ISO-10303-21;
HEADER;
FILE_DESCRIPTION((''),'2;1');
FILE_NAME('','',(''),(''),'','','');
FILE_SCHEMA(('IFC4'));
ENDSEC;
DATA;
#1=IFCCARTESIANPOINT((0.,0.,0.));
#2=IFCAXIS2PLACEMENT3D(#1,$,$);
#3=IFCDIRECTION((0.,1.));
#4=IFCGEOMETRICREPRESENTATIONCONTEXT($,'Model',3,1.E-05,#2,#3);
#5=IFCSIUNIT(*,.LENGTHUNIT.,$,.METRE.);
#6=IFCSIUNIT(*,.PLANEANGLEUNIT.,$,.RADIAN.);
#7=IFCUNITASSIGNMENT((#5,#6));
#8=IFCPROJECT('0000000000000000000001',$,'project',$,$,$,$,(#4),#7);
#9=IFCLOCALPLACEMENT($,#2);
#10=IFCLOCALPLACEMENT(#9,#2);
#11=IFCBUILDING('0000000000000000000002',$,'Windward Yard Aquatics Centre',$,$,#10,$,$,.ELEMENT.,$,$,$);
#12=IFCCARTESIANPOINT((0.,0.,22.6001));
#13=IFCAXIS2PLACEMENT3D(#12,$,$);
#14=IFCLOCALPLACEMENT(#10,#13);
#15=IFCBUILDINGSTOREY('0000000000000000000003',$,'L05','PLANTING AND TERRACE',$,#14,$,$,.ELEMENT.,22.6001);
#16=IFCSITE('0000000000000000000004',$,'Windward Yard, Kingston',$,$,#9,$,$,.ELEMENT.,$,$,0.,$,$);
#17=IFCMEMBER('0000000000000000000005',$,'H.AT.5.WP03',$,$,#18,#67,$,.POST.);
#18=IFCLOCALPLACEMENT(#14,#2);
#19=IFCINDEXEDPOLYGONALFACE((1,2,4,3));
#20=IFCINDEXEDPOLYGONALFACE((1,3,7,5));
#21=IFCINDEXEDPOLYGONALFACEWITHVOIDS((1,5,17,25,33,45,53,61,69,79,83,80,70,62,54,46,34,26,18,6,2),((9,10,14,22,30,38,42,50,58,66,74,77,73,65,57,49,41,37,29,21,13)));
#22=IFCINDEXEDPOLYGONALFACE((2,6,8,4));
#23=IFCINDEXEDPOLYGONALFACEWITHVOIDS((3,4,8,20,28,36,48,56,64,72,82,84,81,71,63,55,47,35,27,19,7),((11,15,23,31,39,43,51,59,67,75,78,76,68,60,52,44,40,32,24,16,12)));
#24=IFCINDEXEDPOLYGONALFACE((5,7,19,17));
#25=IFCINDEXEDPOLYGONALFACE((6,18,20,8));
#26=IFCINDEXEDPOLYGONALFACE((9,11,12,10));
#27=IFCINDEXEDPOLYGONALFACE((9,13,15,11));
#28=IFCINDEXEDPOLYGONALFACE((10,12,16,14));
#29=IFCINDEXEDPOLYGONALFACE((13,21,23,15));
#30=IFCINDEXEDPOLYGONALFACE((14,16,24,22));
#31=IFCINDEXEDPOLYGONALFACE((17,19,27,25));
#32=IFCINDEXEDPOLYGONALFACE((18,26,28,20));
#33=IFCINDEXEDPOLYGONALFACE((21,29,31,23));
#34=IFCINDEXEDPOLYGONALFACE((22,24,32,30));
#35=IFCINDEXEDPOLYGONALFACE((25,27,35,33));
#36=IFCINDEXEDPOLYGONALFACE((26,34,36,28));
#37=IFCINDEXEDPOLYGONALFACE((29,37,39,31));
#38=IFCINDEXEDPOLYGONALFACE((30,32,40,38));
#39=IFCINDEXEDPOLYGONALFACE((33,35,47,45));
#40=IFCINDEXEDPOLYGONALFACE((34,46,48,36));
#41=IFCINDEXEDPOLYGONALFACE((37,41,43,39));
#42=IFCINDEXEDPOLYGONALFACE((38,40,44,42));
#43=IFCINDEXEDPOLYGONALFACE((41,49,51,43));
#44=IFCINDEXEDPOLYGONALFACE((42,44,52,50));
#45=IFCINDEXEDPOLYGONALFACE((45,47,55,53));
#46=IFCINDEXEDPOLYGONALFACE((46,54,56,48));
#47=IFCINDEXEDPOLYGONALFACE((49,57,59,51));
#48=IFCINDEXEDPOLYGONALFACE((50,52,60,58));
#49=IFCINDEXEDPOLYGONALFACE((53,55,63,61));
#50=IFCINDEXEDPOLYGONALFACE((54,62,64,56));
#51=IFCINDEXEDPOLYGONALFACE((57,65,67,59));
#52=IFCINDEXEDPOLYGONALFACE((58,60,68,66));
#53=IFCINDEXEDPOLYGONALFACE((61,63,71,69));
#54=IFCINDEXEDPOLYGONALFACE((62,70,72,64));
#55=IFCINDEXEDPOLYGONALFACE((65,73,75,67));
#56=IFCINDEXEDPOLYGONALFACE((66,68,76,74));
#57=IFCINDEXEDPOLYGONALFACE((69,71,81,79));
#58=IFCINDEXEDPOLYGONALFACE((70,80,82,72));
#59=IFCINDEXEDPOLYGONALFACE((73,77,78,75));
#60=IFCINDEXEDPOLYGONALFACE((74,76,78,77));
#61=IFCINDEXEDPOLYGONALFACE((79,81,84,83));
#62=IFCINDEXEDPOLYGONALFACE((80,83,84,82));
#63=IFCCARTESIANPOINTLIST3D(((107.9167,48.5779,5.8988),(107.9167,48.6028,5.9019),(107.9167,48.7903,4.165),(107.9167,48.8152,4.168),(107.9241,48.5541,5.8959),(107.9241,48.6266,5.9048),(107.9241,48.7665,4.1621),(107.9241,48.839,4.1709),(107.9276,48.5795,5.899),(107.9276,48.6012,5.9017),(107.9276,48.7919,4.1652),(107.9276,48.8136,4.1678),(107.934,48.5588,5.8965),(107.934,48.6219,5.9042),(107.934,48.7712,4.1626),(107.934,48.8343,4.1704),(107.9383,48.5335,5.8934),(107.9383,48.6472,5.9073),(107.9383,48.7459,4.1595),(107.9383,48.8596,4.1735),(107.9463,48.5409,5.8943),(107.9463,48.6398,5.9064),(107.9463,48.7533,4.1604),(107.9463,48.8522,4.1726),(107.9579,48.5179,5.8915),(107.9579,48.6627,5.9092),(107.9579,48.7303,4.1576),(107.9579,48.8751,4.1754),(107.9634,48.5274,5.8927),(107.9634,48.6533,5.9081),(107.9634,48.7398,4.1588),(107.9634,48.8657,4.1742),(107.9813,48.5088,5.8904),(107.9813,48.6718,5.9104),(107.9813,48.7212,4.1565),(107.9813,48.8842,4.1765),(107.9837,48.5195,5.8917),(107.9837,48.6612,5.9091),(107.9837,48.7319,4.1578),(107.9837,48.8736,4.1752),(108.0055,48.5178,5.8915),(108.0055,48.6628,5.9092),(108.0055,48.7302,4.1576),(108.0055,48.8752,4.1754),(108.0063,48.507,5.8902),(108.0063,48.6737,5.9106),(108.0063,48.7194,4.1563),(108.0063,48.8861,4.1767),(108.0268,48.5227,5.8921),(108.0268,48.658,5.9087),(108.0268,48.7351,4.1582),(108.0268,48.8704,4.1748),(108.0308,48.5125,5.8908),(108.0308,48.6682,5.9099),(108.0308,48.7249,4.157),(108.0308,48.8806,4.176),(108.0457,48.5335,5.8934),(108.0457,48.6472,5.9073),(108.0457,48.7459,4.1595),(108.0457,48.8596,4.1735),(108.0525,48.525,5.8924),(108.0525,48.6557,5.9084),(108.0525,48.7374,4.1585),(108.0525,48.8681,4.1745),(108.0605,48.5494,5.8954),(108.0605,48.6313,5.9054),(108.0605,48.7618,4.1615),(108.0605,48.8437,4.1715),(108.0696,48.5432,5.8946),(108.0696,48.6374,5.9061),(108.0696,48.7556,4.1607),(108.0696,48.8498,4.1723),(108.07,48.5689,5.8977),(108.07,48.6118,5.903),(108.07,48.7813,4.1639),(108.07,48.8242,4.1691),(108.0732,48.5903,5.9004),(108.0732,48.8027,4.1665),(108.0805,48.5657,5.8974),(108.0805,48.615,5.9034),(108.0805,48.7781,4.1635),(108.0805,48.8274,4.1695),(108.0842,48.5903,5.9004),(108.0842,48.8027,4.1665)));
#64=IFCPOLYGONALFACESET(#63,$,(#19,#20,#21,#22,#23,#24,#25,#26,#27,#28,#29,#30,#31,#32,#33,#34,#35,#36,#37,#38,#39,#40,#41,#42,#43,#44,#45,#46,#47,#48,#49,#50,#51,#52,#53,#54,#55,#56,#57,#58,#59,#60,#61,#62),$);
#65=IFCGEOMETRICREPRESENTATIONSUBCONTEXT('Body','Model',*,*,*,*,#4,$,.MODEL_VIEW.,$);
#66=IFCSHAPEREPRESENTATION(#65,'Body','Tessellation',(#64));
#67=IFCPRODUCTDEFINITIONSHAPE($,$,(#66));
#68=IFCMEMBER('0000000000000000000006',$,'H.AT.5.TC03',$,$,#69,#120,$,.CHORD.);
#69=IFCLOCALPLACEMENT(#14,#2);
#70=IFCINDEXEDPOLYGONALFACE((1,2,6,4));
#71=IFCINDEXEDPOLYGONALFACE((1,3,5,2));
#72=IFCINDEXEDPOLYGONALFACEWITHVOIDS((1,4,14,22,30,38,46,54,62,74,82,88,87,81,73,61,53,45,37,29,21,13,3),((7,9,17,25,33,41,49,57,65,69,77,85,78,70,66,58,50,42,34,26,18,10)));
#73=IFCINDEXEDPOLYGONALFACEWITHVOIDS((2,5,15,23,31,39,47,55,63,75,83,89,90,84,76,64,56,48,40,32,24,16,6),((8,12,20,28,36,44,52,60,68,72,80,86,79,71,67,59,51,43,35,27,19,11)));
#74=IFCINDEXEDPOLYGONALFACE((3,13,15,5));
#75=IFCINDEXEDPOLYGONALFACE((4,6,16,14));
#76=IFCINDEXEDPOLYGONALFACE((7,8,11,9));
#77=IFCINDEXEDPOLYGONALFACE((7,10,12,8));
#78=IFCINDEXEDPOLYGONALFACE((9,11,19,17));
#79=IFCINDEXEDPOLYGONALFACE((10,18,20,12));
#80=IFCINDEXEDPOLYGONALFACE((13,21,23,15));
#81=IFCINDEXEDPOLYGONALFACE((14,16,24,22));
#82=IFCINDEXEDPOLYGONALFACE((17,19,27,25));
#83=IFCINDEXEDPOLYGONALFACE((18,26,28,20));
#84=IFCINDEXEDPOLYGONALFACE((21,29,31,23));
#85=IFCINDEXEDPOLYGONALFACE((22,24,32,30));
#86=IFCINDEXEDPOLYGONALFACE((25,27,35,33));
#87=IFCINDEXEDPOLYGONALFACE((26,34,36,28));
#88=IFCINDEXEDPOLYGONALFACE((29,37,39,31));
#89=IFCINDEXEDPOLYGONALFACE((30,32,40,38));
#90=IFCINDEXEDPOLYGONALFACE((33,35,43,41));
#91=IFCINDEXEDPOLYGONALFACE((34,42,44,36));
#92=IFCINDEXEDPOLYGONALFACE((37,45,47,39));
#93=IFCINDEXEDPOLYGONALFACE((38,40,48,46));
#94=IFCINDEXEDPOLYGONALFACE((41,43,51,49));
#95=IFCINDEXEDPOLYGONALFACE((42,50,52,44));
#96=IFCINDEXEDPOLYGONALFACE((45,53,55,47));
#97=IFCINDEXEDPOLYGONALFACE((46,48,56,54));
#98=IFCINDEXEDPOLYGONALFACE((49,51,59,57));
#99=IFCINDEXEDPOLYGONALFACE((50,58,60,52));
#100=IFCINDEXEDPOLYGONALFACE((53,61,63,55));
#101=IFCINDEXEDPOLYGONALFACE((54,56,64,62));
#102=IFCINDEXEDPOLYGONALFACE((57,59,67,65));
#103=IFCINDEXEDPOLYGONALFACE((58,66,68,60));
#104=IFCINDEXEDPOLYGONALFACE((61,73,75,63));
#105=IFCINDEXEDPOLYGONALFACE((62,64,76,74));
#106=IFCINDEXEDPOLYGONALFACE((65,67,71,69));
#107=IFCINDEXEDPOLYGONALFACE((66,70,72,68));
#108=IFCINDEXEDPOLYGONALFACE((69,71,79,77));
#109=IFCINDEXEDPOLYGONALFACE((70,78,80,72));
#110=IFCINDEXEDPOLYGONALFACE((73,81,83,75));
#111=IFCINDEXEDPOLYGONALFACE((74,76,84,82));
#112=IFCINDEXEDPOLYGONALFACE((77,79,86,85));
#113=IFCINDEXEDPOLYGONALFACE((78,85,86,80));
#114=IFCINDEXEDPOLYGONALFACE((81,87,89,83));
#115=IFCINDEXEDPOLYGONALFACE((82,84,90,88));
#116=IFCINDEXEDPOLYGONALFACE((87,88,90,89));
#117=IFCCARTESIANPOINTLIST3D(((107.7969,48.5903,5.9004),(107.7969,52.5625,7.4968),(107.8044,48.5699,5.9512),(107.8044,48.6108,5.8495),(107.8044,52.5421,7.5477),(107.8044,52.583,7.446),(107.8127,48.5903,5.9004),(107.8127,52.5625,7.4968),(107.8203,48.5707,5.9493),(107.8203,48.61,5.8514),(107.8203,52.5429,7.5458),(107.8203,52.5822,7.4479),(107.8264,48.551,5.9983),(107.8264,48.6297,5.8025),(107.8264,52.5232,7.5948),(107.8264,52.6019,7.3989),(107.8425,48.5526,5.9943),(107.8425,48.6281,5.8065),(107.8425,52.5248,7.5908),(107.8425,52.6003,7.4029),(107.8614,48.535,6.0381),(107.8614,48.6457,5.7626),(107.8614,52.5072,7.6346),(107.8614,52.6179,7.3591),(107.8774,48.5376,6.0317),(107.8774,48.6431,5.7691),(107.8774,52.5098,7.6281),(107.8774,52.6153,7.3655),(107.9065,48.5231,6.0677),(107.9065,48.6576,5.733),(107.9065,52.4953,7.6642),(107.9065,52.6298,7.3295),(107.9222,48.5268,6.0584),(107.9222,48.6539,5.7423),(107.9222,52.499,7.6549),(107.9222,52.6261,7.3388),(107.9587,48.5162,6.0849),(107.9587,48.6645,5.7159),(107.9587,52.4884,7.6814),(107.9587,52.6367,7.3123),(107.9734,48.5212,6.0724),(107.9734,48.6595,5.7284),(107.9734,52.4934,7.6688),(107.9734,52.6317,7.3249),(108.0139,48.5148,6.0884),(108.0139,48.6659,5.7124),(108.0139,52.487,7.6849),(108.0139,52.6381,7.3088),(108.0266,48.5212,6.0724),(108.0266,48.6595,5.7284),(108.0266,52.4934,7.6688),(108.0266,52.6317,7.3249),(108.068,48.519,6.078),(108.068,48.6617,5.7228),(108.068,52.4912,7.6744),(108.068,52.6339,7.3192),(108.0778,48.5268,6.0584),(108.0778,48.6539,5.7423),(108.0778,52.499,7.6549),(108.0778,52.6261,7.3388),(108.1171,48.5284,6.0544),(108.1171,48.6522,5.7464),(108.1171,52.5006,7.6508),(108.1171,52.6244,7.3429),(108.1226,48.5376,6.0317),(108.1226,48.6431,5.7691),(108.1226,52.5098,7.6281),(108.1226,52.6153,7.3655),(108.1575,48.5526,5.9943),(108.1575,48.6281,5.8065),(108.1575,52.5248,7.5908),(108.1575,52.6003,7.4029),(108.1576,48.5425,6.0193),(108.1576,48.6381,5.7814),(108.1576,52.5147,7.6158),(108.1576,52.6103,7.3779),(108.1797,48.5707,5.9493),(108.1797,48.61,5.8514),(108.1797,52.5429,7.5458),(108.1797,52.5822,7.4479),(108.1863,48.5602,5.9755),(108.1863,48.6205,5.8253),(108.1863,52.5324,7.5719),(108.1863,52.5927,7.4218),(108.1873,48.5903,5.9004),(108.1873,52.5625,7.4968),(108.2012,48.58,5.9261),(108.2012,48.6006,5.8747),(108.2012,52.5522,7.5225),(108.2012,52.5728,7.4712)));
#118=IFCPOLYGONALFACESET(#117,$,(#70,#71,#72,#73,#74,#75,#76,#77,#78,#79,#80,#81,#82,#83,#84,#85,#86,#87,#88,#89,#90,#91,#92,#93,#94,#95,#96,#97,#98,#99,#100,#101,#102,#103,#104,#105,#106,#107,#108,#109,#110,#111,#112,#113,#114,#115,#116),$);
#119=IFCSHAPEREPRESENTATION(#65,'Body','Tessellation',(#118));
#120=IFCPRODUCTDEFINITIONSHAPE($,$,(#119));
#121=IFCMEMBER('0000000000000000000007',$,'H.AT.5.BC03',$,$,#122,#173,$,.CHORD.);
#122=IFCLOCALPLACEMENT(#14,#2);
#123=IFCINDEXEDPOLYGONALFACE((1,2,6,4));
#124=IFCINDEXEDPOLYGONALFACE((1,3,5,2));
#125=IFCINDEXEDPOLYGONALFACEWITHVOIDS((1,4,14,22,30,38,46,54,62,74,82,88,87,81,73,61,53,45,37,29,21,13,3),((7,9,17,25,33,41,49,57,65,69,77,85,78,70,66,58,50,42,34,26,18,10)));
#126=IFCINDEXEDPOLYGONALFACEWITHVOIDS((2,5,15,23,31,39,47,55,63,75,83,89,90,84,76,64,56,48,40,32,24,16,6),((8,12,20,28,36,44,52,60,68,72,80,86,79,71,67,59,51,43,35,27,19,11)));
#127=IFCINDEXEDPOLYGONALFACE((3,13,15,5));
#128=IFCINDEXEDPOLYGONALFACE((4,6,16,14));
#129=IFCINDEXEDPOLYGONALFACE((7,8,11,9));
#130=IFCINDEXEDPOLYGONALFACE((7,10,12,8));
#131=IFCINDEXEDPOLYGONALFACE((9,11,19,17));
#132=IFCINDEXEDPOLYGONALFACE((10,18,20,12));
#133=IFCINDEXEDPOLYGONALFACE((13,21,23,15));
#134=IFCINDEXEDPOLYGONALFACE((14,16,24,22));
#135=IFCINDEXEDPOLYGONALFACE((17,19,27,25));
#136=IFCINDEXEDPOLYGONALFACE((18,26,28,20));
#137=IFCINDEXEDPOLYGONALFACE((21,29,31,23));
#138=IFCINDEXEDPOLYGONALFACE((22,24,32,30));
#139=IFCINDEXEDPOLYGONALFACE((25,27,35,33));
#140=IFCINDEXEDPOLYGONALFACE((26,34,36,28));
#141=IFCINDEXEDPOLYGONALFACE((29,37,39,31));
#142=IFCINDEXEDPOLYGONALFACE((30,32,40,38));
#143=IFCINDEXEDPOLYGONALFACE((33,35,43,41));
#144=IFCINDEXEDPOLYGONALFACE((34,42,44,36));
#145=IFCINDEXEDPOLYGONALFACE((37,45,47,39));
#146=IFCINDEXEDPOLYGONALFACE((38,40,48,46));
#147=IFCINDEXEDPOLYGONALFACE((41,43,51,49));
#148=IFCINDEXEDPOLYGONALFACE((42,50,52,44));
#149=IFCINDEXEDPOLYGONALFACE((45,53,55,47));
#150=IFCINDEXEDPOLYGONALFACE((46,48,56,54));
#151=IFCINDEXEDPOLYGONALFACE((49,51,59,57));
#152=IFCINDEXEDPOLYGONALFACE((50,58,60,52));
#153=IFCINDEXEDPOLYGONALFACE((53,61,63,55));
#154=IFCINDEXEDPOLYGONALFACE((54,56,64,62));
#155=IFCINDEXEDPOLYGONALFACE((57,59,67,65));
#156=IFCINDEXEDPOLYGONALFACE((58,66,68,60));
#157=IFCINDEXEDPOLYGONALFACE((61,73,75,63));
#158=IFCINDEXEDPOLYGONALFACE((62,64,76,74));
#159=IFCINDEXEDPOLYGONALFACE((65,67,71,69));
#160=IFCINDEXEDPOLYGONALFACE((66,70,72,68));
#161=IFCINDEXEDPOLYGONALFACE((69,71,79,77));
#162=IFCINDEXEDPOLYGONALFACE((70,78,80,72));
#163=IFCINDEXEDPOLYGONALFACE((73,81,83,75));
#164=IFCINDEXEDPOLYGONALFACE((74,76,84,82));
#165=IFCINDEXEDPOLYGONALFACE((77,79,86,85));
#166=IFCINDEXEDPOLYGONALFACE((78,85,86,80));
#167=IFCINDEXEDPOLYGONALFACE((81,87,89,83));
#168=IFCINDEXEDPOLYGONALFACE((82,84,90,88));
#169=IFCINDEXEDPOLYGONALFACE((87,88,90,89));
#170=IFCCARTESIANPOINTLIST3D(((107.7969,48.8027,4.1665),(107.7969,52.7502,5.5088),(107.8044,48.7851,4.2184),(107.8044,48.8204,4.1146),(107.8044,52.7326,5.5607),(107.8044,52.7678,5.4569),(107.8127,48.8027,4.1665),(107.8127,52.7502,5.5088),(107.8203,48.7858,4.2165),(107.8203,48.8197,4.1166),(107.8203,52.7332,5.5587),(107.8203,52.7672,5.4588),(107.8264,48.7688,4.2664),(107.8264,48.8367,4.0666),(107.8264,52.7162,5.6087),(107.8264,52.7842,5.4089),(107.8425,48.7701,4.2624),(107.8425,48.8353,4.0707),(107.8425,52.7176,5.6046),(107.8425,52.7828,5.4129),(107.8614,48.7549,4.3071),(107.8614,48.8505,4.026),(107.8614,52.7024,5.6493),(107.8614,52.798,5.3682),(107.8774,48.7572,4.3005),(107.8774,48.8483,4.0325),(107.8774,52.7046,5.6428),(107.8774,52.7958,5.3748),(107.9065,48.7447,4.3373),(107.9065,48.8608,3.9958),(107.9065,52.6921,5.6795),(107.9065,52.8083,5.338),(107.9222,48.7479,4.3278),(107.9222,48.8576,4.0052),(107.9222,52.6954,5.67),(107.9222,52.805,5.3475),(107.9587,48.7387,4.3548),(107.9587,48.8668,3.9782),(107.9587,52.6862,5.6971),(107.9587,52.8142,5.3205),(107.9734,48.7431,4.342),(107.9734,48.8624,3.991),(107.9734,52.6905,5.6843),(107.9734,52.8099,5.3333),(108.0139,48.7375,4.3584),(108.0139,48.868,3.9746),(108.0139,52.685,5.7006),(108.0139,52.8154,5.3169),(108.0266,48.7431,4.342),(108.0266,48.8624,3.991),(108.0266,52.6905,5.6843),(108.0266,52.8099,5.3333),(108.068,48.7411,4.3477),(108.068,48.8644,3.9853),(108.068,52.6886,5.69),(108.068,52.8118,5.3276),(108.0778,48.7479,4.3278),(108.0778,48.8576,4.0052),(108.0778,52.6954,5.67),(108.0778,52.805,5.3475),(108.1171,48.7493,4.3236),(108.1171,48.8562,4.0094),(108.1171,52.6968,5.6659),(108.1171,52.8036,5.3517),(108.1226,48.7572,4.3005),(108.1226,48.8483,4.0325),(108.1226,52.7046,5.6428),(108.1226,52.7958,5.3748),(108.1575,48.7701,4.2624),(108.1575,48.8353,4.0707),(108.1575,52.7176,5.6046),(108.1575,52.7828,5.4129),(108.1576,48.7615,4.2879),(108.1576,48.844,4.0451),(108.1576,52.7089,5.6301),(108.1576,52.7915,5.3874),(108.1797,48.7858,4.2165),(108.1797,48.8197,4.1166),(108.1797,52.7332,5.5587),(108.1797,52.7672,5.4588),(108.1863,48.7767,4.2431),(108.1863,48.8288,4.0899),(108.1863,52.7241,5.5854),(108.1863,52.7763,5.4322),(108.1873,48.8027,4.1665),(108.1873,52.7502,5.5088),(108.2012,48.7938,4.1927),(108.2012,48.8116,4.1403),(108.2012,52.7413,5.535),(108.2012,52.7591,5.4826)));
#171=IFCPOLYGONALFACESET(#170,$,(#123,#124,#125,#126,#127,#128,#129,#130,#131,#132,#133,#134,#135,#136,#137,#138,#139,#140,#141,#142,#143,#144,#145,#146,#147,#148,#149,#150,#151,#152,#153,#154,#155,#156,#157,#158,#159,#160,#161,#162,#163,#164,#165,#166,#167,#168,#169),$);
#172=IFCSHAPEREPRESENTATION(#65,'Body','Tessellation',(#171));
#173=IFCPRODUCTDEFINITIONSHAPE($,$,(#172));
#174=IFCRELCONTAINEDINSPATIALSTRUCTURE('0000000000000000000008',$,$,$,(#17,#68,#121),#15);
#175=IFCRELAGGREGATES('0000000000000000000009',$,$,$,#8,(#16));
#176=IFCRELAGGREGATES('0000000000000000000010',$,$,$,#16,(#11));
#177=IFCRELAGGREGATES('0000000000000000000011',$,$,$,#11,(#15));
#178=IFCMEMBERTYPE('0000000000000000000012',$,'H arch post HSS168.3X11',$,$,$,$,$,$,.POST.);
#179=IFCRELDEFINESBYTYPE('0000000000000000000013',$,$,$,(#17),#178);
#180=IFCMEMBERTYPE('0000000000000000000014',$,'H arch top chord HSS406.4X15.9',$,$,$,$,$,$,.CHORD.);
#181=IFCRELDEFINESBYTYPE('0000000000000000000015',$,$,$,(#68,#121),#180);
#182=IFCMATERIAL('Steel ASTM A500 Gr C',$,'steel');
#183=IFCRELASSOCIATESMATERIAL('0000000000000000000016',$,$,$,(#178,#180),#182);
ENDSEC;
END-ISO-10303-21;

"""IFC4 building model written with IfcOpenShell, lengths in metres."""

from ifc_helpers import new_model, si_unit, direction, frame, origin, origin_2d, place, context, subcontext, project, spatial, hollow_circle, extrude, material, material_profile, profile_set, type_object, element, save


model = new_model("IFC4")

# Units and contexts
model_context = context("Model", 3, precision=1e-05, world=origin(), true_north=direction((0.0, 1.0)))
body_context = subcontext(model_context, "Body", "Model", "MODEL_VIEW")
ifc_project = project(units=[si_unit("LENGTHUNIT", "METRE"), si_unit("PLANEANGLEUNIT", "RADIAN")], contexts=[model_context])

# Site, building, storey
site_placement = place(None, origin())
site = spatial("IfcSite", under=ifc_project, at=site_placement, Name="Windward Yard, Kingston", CompositionType="ELEMENT", RefElevation=0.0)
building_placement = place(site_placement, origin())
building = spatial("IfcBuilding", under=site, at=building_placement, Name="Windward Yard Aquatics Centre", CompositionType="ELEMENT")
storey_placement = place(building_placement, frame((0.0, 0.0, 22.6001)))
storey = spatial("IfcBuildingStorey", under=building, at=storey_placement, Name="L05", Description="PLANTING AND TERRACE", CompositionType="ELEMENT", Elevation=22.6001)

# Members
ifc_material_1 = material(Name="Steel ASTM A500 Gr C", Category="steel")
ifc_material_profile_1 = material_profile(ifc_material_1, hollow_circle(Radius=0.0842, WallThickness=0.011, at=origin_2d()), Name="HSS168.3X11")
ifc_profile_set_1 = profile_set([ifc_material_profile_1], Name="Steel ASTM A500 Gr C")
member_type_1 = type_object("IfcMemberType", Name="H arch post HSS168.3X11", PredefinedType="POST", material=ifc_profile_set_1)
member_1_placement = place(storey_placement, frame((108.0, 48.8027, 4.1665), z_axis=(0.0, -0.121592, 0.99258), x_axis=(1.0, 0.0, 0.0)))
element("IfcMember", 1, at=member_1_placement, inside=storey, type_object=member_type_1, Name="H.AT.5.WP03", PredefinedType="POST", context=body_context, shape_type="SweptSolid", body=[
    extrude(hollow_circle(Radius=0.0842, WallThickness=0.011, at=origin_2d()), origin(), (0.0, 0.0, 1.0), 1.7468),
])
ifc_material_profile_2 = material_profile(ifc_material_1, hollow_circle(Radius=0.2031, WallThickness=0.0159, at=origin_2d()), Name="HSS406.4X15.9")
ifc_profile_set_2 = profile_set([ifc_material_profile_2], Name="Steel ASTM A500 Gr C")
member_type_2 = type_object("IfcMemberType", Name="H arch top chord HSS406.4X15.9", PredefinedType="CHORD", material=ifc_profile_set_2)
member_2_placement = place(storey_placement, frame((108.0, 48.5903, 5.9004), z_axis=(0.0, 0.927866, 0.372914), x_axis=(-1.0, 0.0, 0.0)))
element("IfcMember", 2, at=member_2_placement, inside=storey, type_object=member_type_2, Name="H.AT.5.TC03", PredefinedType="CHORD", context=body_context, shape_type="SweptSolid", body=[
    extrude(hollow_circle(Radius=0.2031, WallThickness=0.0159, at=origin_2d()), origin(), (0.0, 0.0, 1.0), 4.281),
])
member_3_placement = place(storey_placement, frame((108.0, 48.8027, 4.1665), z_axis=(0.0, 0.946763, 0.321931), x_axis=(-1.0, 0.0, 0.0)))
element("IfcMember", 3, at=member_3_placement, inside=storey, type_object=member_type_2, Name="H.AT.5.BC03", PredefinedType="CHORD", context=body_context, shape_type="SweptSolid", body=[
    extrude(hollow_circle(Radius=0.2031, WallThickness=0.0159, at=origin_2d()), origin(), (0.0, 0.0, 1.0), 4.1694),
])

save(model, "model.ifc")
